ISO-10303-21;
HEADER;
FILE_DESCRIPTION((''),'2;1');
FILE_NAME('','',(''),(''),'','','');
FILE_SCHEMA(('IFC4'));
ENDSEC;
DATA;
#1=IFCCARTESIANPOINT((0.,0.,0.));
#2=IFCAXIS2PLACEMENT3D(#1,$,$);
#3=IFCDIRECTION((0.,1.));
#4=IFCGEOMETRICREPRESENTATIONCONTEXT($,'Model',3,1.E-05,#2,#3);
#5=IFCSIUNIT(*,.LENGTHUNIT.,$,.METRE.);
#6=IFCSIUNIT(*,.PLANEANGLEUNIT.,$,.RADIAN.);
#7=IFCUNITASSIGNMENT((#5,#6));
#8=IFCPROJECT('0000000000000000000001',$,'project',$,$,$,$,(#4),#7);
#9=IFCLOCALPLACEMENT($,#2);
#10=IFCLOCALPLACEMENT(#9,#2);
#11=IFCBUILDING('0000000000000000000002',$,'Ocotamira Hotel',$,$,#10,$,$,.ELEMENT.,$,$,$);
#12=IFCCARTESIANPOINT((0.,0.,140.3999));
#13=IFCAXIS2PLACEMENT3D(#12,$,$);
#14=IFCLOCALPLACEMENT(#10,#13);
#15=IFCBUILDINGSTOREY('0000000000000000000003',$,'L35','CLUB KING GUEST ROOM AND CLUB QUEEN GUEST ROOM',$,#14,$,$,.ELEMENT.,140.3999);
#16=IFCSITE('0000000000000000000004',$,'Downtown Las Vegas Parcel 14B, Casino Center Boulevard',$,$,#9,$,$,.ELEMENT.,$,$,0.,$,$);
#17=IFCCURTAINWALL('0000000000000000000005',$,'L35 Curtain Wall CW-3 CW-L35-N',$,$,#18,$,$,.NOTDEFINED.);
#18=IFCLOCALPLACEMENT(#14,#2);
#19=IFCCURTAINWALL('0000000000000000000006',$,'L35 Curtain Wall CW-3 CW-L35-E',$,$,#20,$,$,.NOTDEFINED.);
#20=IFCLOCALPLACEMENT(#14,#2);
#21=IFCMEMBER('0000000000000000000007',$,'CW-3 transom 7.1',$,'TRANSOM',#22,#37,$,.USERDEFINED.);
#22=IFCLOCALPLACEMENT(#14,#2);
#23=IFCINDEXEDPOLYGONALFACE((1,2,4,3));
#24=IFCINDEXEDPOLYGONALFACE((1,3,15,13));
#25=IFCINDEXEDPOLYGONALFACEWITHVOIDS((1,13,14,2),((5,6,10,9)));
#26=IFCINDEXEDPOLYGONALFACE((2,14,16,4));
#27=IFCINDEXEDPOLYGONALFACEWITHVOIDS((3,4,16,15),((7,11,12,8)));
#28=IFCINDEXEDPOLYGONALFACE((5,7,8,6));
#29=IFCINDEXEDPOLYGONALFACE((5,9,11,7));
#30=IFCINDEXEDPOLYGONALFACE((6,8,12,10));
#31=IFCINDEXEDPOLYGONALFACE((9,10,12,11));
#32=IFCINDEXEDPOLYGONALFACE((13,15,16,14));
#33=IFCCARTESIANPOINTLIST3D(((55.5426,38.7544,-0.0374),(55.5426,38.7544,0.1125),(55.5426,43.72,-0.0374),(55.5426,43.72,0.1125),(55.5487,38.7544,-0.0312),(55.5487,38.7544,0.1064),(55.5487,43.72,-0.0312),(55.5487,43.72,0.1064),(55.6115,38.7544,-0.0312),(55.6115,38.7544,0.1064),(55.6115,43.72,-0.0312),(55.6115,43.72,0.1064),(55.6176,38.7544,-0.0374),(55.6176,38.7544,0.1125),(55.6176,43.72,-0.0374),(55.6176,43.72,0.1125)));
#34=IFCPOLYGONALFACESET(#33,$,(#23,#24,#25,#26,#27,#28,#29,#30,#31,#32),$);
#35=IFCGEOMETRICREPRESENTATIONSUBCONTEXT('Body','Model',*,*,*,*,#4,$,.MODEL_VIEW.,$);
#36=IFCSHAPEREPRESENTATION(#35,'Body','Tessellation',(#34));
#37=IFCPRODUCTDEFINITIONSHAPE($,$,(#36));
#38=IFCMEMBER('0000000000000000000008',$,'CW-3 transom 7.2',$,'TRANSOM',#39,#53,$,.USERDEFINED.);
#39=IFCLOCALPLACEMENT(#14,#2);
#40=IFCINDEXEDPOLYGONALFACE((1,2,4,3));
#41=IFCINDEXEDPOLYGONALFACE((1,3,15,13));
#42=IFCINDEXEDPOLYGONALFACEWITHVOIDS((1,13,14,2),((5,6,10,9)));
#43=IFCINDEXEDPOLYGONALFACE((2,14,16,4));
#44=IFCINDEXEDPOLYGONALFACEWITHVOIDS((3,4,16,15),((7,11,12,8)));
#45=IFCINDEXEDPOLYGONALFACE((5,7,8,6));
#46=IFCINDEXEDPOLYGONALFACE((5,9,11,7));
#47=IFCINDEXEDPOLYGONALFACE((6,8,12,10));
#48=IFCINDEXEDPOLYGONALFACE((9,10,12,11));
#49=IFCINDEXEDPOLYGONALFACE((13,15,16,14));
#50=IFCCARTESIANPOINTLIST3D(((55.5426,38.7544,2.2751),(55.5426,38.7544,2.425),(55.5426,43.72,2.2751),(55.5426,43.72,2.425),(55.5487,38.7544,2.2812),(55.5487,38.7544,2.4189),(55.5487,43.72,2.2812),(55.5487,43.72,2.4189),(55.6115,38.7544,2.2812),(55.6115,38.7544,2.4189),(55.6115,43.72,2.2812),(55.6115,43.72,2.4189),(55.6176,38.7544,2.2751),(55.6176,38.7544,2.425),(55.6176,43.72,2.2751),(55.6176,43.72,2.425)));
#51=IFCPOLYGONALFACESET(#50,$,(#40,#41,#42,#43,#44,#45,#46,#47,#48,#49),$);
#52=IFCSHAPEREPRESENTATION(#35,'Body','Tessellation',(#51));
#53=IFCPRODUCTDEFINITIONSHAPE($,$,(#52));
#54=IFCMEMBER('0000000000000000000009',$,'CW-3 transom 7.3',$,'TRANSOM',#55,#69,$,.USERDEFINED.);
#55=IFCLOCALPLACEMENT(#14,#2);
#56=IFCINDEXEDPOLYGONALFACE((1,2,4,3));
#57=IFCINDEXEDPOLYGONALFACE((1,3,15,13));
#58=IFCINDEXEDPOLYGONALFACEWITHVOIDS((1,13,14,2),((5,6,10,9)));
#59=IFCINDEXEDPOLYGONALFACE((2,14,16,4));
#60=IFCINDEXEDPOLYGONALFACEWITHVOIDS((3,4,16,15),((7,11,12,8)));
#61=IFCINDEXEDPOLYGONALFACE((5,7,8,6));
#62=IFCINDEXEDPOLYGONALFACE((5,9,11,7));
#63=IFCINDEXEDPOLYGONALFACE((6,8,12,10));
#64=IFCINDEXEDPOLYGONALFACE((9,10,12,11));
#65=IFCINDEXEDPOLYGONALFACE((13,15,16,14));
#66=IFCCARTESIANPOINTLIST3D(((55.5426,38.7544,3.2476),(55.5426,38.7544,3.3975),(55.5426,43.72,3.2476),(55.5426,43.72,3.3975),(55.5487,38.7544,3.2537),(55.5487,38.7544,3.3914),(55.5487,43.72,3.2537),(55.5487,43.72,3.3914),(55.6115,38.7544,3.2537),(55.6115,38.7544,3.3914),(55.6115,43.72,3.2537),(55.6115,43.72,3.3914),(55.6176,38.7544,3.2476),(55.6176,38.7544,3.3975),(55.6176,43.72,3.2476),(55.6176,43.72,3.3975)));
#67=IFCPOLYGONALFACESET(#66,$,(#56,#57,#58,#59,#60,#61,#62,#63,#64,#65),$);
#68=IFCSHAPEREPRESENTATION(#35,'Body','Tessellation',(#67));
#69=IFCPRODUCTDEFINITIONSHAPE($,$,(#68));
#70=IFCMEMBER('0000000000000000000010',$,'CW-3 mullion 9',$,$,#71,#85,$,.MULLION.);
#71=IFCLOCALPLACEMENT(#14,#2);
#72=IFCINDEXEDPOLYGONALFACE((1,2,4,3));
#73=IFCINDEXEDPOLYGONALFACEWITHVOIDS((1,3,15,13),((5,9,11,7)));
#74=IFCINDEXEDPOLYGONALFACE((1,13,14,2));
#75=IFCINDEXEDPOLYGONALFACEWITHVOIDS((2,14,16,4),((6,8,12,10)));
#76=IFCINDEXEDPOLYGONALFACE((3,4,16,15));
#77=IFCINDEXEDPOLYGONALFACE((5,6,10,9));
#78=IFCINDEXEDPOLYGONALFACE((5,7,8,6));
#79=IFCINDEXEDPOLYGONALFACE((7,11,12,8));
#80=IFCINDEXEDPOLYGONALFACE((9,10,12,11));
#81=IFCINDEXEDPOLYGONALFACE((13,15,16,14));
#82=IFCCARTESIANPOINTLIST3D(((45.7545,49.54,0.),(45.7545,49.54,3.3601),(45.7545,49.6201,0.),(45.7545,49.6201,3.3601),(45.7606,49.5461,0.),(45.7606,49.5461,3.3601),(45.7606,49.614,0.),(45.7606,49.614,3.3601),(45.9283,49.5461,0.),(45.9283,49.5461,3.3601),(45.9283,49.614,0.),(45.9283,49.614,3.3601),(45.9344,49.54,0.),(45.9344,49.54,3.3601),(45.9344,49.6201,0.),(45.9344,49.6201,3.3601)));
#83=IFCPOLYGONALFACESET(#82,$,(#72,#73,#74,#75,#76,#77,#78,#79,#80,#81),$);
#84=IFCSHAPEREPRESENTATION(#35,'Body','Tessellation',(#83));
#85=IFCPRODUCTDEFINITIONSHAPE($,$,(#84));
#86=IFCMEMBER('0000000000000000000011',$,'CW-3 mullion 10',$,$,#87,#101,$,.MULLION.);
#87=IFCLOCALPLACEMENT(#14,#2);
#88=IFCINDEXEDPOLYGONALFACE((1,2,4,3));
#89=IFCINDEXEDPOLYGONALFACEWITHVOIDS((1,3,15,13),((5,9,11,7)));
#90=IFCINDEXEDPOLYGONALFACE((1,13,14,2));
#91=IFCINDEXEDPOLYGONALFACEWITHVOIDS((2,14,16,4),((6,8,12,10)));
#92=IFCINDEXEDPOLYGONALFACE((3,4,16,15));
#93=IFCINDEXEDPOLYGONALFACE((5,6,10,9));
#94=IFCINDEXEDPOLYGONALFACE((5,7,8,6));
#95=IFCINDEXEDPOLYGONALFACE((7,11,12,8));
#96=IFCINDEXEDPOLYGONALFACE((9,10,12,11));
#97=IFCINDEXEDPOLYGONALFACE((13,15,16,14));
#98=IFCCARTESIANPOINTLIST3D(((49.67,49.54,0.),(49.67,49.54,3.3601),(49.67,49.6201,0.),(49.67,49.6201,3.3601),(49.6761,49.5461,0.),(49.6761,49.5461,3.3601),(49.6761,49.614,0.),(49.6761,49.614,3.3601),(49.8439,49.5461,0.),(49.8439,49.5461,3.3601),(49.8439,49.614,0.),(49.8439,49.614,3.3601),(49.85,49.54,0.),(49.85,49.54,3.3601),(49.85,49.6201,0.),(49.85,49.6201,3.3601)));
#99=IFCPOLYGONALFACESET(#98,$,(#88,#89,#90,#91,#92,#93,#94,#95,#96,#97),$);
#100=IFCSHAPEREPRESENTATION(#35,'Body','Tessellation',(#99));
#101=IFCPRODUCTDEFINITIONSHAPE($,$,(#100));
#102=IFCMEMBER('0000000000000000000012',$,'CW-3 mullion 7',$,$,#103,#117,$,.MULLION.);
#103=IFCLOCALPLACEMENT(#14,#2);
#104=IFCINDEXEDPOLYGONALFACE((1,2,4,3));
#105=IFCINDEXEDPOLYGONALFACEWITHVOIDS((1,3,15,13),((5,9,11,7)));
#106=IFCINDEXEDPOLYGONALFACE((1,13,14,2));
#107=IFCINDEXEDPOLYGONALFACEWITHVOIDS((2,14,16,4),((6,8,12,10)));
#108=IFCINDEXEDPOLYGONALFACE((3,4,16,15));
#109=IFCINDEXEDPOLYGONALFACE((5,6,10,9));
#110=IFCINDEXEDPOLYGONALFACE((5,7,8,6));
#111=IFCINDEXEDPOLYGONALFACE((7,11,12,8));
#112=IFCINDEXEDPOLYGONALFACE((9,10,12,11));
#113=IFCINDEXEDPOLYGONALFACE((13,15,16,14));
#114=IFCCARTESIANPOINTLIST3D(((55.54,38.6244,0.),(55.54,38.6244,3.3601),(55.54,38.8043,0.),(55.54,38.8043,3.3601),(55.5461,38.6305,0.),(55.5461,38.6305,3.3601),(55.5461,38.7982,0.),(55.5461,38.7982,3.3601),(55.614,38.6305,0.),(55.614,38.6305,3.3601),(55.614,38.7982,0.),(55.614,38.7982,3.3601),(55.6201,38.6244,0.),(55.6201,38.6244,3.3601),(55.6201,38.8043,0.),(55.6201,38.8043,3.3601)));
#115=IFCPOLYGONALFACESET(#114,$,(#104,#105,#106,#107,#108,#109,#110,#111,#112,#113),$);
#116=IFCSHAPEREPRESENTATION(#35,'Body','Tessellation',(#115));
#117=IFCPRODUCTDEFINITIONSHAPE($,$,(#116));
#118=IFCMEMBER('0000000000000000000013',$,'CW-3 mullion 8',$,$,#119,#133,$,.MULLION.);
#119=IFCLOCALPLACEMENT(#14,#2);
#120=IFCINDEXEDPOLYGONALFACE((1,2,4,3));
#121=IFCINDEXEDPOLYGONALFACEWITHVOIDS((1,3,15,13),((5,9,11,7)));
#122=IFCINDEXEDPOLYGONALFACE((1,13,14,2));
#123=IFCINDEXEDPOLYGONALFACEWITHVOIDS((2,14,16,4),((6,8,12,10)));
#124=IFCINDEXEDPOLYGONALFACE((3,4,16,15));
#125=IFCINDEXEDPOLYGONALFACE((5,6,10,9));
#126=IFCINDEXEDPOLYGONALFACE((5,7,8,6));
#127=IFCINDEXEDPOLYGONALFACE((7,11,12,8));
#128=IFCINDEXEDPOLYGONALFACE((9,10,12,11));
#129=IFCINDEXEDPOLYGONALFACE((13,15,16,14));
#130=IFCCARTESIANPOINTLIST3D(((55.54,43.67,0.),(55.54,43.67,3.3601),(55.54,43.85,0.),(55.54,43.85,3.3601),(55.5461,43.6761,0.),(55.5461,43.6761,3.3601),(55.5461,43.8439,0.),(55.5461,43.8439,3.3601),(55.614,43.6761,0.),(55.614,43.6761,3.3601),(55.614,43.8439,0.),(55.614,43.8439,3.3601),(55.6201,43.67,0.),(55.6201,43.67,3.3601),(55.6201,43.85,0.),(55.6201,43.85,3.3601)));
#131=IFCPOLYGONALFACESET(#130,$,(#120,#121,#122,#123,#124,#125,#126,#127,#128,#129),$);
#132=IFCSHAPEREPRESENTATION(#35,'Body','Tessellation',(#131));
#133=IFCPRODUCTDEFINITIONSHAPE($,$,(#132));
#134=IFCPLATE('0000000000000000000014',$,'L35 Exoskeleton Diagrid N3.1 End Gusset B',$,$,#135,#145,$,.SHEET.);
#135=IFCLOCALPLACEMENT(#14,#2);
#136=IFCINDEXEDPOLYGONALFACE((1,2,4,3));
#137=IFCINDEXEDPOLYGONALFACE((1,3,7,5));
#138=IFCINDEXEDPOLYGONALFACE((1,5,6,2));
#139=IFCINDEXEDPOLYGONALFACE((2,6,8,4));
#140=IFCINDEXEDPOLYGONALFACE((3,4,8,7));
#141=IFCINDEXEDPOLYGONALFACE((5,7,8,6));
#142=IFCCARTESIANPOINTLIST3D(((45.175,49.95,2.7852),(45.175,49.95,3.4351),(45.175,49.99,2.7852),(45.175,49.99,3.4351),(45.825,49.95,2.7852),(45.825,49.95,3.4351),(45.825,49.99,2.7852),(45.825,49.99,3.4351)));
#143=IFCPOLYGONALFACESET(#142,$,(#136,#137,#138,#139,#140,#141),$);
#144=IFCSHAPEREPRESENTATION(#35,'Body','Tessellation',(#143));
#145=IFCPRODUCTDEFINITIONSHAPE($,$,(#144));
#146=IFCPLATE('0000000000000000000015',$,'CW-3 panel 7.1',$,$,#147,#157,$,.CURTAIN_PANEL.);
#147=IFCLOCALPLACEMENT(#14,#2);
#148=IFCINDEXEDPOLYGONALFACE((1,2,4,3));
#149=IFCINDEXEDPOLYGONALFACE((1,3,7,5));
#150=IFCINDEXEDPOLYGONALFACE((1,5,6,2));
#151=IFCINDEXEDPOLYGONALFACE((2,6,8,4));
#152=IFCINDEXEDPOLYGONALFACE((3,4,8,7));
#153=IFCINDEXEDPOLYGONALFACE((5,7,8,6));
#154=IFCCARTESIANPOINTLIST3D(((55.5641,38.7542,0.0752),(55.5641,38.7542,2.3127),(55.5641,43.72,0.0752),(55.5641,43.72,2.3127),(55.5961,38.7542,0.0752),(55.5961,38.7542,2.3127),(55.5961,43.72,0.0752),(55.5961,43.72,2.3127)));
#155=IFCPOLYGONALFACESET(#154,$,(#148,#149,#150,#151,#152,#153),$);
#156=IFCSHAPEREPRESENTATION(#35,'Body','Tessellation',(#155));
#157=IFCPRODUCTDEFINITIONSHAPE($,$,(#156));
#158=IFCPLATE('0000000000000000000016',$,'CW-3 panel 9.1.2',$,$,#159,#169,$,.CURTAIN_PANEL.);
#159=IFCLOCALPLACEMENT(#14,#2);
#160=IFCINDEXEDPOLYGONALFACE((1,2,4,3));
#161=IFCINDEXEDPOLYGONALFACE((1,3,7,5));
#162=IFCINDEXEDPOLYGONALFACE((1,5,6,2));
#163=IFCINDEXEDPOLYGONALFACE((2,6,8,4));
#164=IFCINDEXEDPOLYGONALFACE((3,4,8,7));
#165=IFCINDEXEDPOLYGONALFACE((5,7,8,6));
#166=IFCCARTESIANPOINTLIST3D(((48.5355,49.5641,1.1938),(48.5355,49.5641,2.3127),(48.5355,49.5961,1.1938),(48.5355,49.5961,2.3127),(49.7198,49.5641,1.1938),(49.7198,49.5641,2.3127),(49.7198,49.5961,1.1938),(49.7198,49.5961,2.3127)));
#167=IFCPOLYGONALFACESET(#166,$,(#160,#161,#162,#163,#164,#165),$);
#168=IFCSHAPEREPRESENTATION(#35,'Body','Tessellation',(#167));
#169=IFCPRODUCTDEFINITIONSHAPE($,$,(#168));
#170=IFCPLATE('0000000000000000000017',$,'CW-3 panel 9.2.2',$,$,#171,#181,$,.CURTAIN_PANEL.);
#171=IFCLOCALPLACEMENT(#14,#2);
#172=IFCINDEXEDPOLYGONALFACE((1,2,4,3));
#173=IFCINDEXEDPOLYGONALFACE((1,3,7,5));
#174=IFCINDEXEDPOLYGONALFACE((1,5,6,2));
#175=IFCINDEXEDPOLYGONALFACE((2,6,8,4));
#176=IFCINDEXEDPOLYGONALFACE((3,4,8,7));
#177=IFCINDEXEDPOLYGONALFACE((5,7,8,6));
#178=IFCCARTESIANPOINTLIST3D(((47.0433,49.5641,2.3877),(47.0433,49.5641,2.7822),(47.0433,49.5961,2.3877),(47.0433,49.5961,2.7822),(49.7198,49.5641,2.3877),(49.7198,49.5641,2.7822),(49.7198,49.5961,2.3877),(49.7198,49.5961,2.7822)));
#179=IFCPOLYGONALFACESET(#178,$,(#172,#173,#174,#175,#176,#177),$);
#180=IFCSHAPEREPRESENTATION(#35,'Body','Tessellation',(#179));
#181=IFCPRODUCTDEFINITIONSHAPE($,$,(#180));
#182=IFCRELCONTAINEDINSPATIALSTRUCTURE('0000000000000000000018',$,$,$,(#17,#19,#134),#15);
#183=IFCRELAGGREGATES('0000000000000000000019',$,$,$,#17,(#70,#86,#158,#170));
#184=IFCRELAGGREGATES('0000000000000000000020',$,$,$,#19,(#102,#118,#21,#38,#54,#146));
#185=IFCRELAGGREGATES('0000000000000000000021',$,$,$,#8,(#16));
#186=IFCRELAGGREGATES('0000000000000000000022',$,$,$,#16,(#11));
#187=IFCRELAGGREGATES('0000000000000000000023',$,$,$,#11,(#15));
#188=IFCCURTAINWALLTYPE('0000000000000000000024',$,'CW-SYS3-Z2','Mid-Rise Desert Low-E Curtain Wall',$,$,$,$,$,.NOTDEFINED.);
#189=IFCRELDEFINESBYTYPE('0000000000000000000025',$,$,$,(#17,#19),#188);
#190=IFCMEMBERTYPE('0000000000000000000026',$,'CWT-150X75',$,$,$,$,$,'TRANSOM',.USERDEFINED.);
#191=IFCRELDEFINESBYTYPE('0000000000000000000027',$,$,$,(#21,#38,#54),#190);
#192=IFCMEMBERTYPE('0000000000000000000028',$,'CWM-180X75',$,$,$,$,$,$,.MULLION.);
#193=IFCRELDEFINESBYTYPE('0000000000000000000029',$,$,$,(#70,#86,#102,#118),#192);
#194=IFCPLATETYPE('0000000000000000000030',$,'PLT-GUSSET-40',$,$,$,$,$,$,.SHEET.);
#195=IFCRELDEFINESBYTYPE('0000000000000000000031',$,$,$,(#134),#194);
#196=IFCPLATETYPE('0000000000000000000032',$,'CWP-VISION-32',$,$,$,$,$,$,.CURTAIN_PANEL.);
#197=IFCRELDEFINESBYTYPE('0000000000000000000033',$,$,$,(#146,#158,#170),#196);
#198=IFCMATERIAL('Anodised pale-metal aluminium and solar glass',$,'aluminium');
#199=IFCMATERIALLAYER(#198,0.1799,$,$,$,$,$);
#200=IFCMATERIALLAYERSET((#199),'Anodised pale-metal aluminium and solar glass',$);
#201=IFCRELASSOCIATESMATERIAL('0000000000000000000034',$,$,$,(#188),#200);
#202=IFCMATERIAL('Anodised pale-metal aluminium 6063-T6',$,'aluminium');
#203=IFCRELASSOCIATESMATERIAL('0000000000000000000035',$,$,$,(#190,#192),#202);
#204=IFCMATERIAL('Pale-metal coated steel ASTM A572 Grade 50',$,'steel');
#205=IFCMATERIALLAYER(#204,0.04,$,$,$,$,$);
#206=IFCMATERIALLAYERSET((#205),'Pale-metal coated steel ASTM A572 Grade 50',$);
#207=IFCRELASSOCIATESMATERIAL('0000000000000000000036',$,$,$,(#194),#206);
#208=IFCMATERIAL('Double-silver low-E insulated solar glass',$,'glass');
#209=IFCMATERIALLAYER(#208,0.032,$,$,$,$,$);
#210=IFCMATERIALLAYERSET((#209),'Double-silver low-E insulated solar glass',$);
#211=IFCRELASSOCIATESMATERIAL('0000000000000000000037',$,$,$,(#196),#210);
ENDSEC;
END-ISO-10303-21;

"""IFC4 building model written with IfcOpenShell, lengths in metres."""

from ifc_helpers import new_model, si_unit, direction, frame, origin, origin_2d, place, context, subcontext, project, spatial, rectangle, hollow_rectangle, extrude, source, transform, mapped, material, layer, layer_set, material_profile, profile_set, type_object, element, aggregate, save


model = new_model("IFC4")

# Units and contexts
model_context = context("Model", 3, precision=1e-05, world=origin(), true_north=direction((0.0, 1.0)))
body_context = subcontext(model_context, "Body", "Model", "MODEL_VIEW")
ifc_project = project(units=[si_unit("LENGTHUNIT", "METRE"), si_unit("PLANEANGLEUNIT", "RADIAN")], contexts=[model_context])

# Site, building, storey
site_placement = place(None, origin())
site = spatial("IfcSite", under=ifc_project, at=site_placement, Name="Downtown Las Vegas Parcel 14B, Casino Center Boulevard", CompositionType="ELEMENT", RefElevation=0.0)
building_placement = place(site_placement, origin())
building = spatial("IfcBuilding", under=site, at=building_placement, Name="Ocotamira Hotel", CompositionType="ELEMENT")
storey_placement = place(building_placement, frame((0.0, 0.0, 140.3999)))
storey = spatial("IfcBuildingStorey", under=building, at=storey_placement, Name="L35", Description="CLUB KING GUEST ROOM AND CLUB QUEEN GUEST ROOM", CompositionType="ELEMENT", Elevation=140.3999)

# Curtain walls, members
ifc_material_1 = material(Name="Anodised pale-metal aluminium and solar glass", Category="aluminium")
ifc_layer_1 = layer(ifc_material_1, 0.1799)
ifc_layer_set_1 = layer_set([ifc_layer_1], Name="Anodised pale-metal aluminium and solar glass")
curtain_wall_type = type_object("IfcCurtainWallType", Name="CW-SYS3-Z2", Description="Mid-Rise Desert Low-E Curtain Wall", PredefinedType="NOTDEFINED", material=ifc_layer_set_1)
curtain_wall_1_placement = place(storey_placement, origin())
curtain_wall_1 = element("IfcCurtainWall", 1, at=curtain_wall_1_placement, inside=storey, type_object=curtain_wall_type, Name="L35 Curtain Wall CW-3 CW-L35-N", PredefinedType="NOTDEFINED")
ifc_material_2 = material(Name="Anodised pale-metal aluminium 6063-T6", Category="aluminium")
ifc_material_profile_1 = material_profile(ifc_material_2, hollow_rectangle(XDim=0.075, YDim=0.1499, WallThickness=0.0061, at=origin_2d()), Name="HSS150X75X6")
ifc_profile_set_1 = profile_set([ifc_material_profile_1], Name="Anodised pale-metal aluminium 6063-T6")
member_type_1 = type_object("IfcMemberType", Name="CWT-150X75", ElementType="TRANSOM", PredefinedType="USERDEFINED", material=ifc_profile_set_1)
curtain_wall_2_placement = place(storey_placement, origin())
curtain_wall_2 = element("IfcCurtainWall", 2, at=curtain_wall_2_placement, inside=storey, type_object=curtain_wall_type, Name="L35 Curtain Wall CW-3 CW-L35-E", PredefinedType="NOTDEFINED")
shared_shape_1 = source(origin(), body_context, "Body", "SweptSolid", [
    extrude(hollow_rectangle(XDim=0.075, YDim=0.1499, WallThickness=0.0061, at=origin_2d()), origin(), (0.0, 0.0, 1.0), 4.9656),
])
member_1_placement = place(storey_placement, frame((55.5801, 38.7544, 0.0376), z_axis=(0.0, 1.0, 0.0), x_axis=(-1.0, 0.0, 0.0)))
member_1 = element("IfcMember", 3, at=member_1_placement, type_object=member_type_1, Name="CW-3 transom 7.1", ObjectType="TRANSOM", PredefinedType="USERDEFINED", context=body_context, shape_type="MappedRepresentation", body=[
    mapped(shared_shape_1, transform((0.0, 0.0, 0.0), scale=1.0)),
])
member_2_placement = place(storey_placement, frame((55.5801, 38.7544, 2.3501), z_axis=(0.0, 1.0, 0.0), x_axis=(-1.0, 0.0, 0.0)))
member_2 = element("IfcMember", 4, at=member_2_placement, type_object=member_type_1, Name="CW-3 transom 7.2", ObjectType="TRANSOM", PredefinedType="USERDEFINED", context=body_context, shape_type="MappedRepresentation", body=[
    mapped(shared_shape_1, transform((0.0, 0.0, 0.0), scale=1.0)),
])
member_3_placement = place(storey_placement, frame((55.5801, 38.7544, 3.3225), z_axis=(0.0, 1.0, 0.0), x_axis=(-1.0, 0.0, 0.0)))
member_3 = element("IfcMember", 5, at=member_3_placement, type_object=member_type_1, Name="CW-3 transom 7.3", ObjectType="TRANSOM", PredefinedType="USERDEFINED", context=body_context, shape_type="MappedRepresentation", body=[
    mapped(shared_shape_1, transform((0.0, 0.0, 0.0), scale=1.0)),
])

# Members
ifc_material_profile_2 = material_profile(ifc_material_2, hollow_rectangle(XDim=0.0801, YDim=0.1799, WallThickness=0.0061, at=origin_2d()), Name="HSS180X80X6")
ifc_profile_set_2 = profile_set([ifc_material_profile_2], Name="Anodised pale-metal aluminium 6063-T6")
member_type_2 = type_object("IfcMemberType", Name="CWM-180X75", PredefinedType="MULLION", material=ifc_profile_set_2)
shared_shape_2 = source(origin(), body_context, "Body", "SweptSolid", [
    extrude(hollow_rectangle(XDim=0.0801, YDim=0.1799, WallThickness=0.0061, at=origin_2d()), origin(), (0.0, 0.0, 1.0), 3.3601),
])
member_4_placement = place(storey_placement, frame((45.8445, 49.5801, 0.0), z_axis=(0.0, 0.0, 1.0), x_axis=(0.0, 1.0, 0.0)))
member_4 = element("IfcMember", 6, at=member_4_placement, type_object=member_type_2, Name="CW-3 mullion 9", PredefinedType="MULLION", context=body_context, shape_type="MappedRepresentation", body=[
    mapped(shared_shape_2, transform((0.0, 0.0, 0.0), scale=1.0)),
])
member_5_placement = place(storey_placement, frame((49.76, 49.5801, 0.0), z_axis=(0.0, 0.0, 1.0), x_axis=(0.0, 1.0, 0.0)))
member_5 = element("IfcMember", 7, at=member_5_placement, type_object=member_type_2, Name="CW-3 mullion 10", PredefinedType="MULLION", context=body_context, shape_type="MappedRepresentation", body=[
    mapped(shared_shape_2, transform((0.0, 0.0, 0.0), scale=1.0)),
])
member_6_placement = place(storey_placement, frame((55.5801, 38.7144, 0.0), z_axis=(0.0, 0.0, 1.0), x_axis=(-1.0, 0.0, 0.0)))
member_6 = element("IfcMember", 8, at=member_6_placement, type_object=member_type_2, Name="CW-3 mullion 7", PredefinedType="MULLION", context=body_context, shape_type="MappedRepresentation", body=[
    mapped(shared_shape_2, transform((0.0, 0.0, 0.0), scale=1.0)),
])
member_7_placement = place(storey_placement, frame((55.5801, 43.76, 0.0), z_axis=(0.0, 0.0, 1.0), x_axis=(-1.0, 0.0, 0.0)))
member_7 = element("IfcMember", 9, at=member_7_placement, type_object=member_type_2, Name="CW-3 mullion 8", PredefinedType="MULLION", context=body_context, shape_type="MappedRepresentation", body=[
    mapped(shared_shape_2, transform((0.0, 0.0, 0.0), scale=1.0)),
])

# Plates
ifc_material_3 = material(Name="Pale-metal coated steel ASTM A572 Grade 50", Category="steel")
ifc_layer_2 = layer(ifc_material_3, 0.04)
ifc_layer_set_2 = layer_set([ifc_layer_2], Name="Pale-metal coated steel ASTM A572 Grade 50")
plate_type_1 = type_object("IfcPlateType", Name="PLT-GUSSET-40", PredefinedType="SHEET", material=ifc_layer_set_2)
shared_shape_3 = source(origin(), body_context, "Body", "SweptSolid", [
    extrude(rectangle(XDim=0.6499, YDim=0.04, at=origin_2d()), origin(), (0.0, 0.0, 1.0), 0.6499),
])
plate_1_placement = place(storey_placement, frame((45.5, 49.97, 2.7852), z_axis=(0.0, 0.0, 1.0), x_axis=(1.0, 0.0, 0.0)))
element("IfcPlate", 10, at=plate_1_placement, inside=storey, type_object=plate_type_1, Name="L35 Exoskeleton Diagrid N3.1 End Gusset B", PredefinedType="SHEET", context=body_context, shape_type="MappedRepresentation", body=[
    mapped(shared_shape_3, transform((0.0, 0.0, 0.0), scale=1.0)),
])
ifc_material_4 = material(Name="Double-silver low-E insulated solar glass", Category="glass")
ifc_layer_3 = layer(ifc_material_4, 0.032)
ifc_layer_set_3 = layer_set([ifc_layer_3], Name="Double-silver low-E insulated solar glass")
plate_type_2 = type_object("IfcPlateType", Name="CWP-VISION-32", PredefinedType="CURTAIN_PANEL", material=ifc_layer_set_3)
shared_shape_4 = source(origin(), body_context, "Body", "SweptSolid", [
    extrude(rectangle(XDim=4.9658, YDim=0.032, at=origin_2d()), origin(), (0.0, 0.0, 1.0), 2.2375),
])
plate_2_placement = place(storey_placement, frame((55.5801, 41.2371, 0.0752), z_axis=(0.0, 0.0, 1.0), x_axis=(0.0, 1.0, 0.0)))
plate_2 = element("IfcPlate", 11, at=plate_2_placement, type_object=plate_type_2, Name="CW-3 panel 7.1", PredefinedType="CURTAIN_PANEL", context=body_context, shape_type="MappedRepresentation", body=[
    mapped(shared_shape_4, transform((0.0, 0.0, 0.0), scale=1.0)),
])
shared_shape_5 = source(origin(), body_context, "Body", "SweptSolid", [
    extrude(rectangle(XDim=1.1843, YDim=0.032, at=origin_2d()), origin(), (0.0, 0.0, 1.0), 1.1189),
])
plate_3_placement = place(storey_placement, frame((49.1277, 49.5801, 1.1938), z_axis=(0.0, 0.0, 1.0), x_axis=(1.0, 0.0, 0.0)))
plate_3 = element("IfcPlate", 12, at=plate_3_placement, type_object=plate_type_2, Name="CW-3 panel 9.1.2", PredefinedType="CURTAIN_PANEL", context=body_context, shape_type="MappedRepresentation", body=[
    mapped(shared_shape_5, transform((0.0, 0.0, 0.0), scale=1.0)),
])
shared_shape_6 = source(origin(), body_context, "Body", "SweptSolid", [
    extrude(rectangle(XDim=2.6765, YDim=0.032, at=origin_2d()), origin(), (0.0, 0.0, 1.0), 0.3945),
])
plate_4_placement = place(storey_placement, frame((48.3816, 49.5801, 2.3877), z_axis=(0.0, 0.0, 1.0), x_axis=(1.0, 0.0, 0.0)))
plate_4 = element("IfcPlate", 13, at=plate_4_placement, type_object=plate_type_2, Name="CW-3 panel 9.2.2", PredefinedType="CURTAIN_PANEL", context=body_context, shape_type="MappedRepresentation", body=[
    mapped(shared_shape_6, transform((0.0, 0.0, 0.0), scale=1.0)),
])
aggregate(curtain_wall_1, [member_4, member_5, plate_3, plate_4])
aggregate(curtain_wall_2, [member_6, member_7, member_1, member_2, member_3, plate_2])

save(model, "model.ifc")
